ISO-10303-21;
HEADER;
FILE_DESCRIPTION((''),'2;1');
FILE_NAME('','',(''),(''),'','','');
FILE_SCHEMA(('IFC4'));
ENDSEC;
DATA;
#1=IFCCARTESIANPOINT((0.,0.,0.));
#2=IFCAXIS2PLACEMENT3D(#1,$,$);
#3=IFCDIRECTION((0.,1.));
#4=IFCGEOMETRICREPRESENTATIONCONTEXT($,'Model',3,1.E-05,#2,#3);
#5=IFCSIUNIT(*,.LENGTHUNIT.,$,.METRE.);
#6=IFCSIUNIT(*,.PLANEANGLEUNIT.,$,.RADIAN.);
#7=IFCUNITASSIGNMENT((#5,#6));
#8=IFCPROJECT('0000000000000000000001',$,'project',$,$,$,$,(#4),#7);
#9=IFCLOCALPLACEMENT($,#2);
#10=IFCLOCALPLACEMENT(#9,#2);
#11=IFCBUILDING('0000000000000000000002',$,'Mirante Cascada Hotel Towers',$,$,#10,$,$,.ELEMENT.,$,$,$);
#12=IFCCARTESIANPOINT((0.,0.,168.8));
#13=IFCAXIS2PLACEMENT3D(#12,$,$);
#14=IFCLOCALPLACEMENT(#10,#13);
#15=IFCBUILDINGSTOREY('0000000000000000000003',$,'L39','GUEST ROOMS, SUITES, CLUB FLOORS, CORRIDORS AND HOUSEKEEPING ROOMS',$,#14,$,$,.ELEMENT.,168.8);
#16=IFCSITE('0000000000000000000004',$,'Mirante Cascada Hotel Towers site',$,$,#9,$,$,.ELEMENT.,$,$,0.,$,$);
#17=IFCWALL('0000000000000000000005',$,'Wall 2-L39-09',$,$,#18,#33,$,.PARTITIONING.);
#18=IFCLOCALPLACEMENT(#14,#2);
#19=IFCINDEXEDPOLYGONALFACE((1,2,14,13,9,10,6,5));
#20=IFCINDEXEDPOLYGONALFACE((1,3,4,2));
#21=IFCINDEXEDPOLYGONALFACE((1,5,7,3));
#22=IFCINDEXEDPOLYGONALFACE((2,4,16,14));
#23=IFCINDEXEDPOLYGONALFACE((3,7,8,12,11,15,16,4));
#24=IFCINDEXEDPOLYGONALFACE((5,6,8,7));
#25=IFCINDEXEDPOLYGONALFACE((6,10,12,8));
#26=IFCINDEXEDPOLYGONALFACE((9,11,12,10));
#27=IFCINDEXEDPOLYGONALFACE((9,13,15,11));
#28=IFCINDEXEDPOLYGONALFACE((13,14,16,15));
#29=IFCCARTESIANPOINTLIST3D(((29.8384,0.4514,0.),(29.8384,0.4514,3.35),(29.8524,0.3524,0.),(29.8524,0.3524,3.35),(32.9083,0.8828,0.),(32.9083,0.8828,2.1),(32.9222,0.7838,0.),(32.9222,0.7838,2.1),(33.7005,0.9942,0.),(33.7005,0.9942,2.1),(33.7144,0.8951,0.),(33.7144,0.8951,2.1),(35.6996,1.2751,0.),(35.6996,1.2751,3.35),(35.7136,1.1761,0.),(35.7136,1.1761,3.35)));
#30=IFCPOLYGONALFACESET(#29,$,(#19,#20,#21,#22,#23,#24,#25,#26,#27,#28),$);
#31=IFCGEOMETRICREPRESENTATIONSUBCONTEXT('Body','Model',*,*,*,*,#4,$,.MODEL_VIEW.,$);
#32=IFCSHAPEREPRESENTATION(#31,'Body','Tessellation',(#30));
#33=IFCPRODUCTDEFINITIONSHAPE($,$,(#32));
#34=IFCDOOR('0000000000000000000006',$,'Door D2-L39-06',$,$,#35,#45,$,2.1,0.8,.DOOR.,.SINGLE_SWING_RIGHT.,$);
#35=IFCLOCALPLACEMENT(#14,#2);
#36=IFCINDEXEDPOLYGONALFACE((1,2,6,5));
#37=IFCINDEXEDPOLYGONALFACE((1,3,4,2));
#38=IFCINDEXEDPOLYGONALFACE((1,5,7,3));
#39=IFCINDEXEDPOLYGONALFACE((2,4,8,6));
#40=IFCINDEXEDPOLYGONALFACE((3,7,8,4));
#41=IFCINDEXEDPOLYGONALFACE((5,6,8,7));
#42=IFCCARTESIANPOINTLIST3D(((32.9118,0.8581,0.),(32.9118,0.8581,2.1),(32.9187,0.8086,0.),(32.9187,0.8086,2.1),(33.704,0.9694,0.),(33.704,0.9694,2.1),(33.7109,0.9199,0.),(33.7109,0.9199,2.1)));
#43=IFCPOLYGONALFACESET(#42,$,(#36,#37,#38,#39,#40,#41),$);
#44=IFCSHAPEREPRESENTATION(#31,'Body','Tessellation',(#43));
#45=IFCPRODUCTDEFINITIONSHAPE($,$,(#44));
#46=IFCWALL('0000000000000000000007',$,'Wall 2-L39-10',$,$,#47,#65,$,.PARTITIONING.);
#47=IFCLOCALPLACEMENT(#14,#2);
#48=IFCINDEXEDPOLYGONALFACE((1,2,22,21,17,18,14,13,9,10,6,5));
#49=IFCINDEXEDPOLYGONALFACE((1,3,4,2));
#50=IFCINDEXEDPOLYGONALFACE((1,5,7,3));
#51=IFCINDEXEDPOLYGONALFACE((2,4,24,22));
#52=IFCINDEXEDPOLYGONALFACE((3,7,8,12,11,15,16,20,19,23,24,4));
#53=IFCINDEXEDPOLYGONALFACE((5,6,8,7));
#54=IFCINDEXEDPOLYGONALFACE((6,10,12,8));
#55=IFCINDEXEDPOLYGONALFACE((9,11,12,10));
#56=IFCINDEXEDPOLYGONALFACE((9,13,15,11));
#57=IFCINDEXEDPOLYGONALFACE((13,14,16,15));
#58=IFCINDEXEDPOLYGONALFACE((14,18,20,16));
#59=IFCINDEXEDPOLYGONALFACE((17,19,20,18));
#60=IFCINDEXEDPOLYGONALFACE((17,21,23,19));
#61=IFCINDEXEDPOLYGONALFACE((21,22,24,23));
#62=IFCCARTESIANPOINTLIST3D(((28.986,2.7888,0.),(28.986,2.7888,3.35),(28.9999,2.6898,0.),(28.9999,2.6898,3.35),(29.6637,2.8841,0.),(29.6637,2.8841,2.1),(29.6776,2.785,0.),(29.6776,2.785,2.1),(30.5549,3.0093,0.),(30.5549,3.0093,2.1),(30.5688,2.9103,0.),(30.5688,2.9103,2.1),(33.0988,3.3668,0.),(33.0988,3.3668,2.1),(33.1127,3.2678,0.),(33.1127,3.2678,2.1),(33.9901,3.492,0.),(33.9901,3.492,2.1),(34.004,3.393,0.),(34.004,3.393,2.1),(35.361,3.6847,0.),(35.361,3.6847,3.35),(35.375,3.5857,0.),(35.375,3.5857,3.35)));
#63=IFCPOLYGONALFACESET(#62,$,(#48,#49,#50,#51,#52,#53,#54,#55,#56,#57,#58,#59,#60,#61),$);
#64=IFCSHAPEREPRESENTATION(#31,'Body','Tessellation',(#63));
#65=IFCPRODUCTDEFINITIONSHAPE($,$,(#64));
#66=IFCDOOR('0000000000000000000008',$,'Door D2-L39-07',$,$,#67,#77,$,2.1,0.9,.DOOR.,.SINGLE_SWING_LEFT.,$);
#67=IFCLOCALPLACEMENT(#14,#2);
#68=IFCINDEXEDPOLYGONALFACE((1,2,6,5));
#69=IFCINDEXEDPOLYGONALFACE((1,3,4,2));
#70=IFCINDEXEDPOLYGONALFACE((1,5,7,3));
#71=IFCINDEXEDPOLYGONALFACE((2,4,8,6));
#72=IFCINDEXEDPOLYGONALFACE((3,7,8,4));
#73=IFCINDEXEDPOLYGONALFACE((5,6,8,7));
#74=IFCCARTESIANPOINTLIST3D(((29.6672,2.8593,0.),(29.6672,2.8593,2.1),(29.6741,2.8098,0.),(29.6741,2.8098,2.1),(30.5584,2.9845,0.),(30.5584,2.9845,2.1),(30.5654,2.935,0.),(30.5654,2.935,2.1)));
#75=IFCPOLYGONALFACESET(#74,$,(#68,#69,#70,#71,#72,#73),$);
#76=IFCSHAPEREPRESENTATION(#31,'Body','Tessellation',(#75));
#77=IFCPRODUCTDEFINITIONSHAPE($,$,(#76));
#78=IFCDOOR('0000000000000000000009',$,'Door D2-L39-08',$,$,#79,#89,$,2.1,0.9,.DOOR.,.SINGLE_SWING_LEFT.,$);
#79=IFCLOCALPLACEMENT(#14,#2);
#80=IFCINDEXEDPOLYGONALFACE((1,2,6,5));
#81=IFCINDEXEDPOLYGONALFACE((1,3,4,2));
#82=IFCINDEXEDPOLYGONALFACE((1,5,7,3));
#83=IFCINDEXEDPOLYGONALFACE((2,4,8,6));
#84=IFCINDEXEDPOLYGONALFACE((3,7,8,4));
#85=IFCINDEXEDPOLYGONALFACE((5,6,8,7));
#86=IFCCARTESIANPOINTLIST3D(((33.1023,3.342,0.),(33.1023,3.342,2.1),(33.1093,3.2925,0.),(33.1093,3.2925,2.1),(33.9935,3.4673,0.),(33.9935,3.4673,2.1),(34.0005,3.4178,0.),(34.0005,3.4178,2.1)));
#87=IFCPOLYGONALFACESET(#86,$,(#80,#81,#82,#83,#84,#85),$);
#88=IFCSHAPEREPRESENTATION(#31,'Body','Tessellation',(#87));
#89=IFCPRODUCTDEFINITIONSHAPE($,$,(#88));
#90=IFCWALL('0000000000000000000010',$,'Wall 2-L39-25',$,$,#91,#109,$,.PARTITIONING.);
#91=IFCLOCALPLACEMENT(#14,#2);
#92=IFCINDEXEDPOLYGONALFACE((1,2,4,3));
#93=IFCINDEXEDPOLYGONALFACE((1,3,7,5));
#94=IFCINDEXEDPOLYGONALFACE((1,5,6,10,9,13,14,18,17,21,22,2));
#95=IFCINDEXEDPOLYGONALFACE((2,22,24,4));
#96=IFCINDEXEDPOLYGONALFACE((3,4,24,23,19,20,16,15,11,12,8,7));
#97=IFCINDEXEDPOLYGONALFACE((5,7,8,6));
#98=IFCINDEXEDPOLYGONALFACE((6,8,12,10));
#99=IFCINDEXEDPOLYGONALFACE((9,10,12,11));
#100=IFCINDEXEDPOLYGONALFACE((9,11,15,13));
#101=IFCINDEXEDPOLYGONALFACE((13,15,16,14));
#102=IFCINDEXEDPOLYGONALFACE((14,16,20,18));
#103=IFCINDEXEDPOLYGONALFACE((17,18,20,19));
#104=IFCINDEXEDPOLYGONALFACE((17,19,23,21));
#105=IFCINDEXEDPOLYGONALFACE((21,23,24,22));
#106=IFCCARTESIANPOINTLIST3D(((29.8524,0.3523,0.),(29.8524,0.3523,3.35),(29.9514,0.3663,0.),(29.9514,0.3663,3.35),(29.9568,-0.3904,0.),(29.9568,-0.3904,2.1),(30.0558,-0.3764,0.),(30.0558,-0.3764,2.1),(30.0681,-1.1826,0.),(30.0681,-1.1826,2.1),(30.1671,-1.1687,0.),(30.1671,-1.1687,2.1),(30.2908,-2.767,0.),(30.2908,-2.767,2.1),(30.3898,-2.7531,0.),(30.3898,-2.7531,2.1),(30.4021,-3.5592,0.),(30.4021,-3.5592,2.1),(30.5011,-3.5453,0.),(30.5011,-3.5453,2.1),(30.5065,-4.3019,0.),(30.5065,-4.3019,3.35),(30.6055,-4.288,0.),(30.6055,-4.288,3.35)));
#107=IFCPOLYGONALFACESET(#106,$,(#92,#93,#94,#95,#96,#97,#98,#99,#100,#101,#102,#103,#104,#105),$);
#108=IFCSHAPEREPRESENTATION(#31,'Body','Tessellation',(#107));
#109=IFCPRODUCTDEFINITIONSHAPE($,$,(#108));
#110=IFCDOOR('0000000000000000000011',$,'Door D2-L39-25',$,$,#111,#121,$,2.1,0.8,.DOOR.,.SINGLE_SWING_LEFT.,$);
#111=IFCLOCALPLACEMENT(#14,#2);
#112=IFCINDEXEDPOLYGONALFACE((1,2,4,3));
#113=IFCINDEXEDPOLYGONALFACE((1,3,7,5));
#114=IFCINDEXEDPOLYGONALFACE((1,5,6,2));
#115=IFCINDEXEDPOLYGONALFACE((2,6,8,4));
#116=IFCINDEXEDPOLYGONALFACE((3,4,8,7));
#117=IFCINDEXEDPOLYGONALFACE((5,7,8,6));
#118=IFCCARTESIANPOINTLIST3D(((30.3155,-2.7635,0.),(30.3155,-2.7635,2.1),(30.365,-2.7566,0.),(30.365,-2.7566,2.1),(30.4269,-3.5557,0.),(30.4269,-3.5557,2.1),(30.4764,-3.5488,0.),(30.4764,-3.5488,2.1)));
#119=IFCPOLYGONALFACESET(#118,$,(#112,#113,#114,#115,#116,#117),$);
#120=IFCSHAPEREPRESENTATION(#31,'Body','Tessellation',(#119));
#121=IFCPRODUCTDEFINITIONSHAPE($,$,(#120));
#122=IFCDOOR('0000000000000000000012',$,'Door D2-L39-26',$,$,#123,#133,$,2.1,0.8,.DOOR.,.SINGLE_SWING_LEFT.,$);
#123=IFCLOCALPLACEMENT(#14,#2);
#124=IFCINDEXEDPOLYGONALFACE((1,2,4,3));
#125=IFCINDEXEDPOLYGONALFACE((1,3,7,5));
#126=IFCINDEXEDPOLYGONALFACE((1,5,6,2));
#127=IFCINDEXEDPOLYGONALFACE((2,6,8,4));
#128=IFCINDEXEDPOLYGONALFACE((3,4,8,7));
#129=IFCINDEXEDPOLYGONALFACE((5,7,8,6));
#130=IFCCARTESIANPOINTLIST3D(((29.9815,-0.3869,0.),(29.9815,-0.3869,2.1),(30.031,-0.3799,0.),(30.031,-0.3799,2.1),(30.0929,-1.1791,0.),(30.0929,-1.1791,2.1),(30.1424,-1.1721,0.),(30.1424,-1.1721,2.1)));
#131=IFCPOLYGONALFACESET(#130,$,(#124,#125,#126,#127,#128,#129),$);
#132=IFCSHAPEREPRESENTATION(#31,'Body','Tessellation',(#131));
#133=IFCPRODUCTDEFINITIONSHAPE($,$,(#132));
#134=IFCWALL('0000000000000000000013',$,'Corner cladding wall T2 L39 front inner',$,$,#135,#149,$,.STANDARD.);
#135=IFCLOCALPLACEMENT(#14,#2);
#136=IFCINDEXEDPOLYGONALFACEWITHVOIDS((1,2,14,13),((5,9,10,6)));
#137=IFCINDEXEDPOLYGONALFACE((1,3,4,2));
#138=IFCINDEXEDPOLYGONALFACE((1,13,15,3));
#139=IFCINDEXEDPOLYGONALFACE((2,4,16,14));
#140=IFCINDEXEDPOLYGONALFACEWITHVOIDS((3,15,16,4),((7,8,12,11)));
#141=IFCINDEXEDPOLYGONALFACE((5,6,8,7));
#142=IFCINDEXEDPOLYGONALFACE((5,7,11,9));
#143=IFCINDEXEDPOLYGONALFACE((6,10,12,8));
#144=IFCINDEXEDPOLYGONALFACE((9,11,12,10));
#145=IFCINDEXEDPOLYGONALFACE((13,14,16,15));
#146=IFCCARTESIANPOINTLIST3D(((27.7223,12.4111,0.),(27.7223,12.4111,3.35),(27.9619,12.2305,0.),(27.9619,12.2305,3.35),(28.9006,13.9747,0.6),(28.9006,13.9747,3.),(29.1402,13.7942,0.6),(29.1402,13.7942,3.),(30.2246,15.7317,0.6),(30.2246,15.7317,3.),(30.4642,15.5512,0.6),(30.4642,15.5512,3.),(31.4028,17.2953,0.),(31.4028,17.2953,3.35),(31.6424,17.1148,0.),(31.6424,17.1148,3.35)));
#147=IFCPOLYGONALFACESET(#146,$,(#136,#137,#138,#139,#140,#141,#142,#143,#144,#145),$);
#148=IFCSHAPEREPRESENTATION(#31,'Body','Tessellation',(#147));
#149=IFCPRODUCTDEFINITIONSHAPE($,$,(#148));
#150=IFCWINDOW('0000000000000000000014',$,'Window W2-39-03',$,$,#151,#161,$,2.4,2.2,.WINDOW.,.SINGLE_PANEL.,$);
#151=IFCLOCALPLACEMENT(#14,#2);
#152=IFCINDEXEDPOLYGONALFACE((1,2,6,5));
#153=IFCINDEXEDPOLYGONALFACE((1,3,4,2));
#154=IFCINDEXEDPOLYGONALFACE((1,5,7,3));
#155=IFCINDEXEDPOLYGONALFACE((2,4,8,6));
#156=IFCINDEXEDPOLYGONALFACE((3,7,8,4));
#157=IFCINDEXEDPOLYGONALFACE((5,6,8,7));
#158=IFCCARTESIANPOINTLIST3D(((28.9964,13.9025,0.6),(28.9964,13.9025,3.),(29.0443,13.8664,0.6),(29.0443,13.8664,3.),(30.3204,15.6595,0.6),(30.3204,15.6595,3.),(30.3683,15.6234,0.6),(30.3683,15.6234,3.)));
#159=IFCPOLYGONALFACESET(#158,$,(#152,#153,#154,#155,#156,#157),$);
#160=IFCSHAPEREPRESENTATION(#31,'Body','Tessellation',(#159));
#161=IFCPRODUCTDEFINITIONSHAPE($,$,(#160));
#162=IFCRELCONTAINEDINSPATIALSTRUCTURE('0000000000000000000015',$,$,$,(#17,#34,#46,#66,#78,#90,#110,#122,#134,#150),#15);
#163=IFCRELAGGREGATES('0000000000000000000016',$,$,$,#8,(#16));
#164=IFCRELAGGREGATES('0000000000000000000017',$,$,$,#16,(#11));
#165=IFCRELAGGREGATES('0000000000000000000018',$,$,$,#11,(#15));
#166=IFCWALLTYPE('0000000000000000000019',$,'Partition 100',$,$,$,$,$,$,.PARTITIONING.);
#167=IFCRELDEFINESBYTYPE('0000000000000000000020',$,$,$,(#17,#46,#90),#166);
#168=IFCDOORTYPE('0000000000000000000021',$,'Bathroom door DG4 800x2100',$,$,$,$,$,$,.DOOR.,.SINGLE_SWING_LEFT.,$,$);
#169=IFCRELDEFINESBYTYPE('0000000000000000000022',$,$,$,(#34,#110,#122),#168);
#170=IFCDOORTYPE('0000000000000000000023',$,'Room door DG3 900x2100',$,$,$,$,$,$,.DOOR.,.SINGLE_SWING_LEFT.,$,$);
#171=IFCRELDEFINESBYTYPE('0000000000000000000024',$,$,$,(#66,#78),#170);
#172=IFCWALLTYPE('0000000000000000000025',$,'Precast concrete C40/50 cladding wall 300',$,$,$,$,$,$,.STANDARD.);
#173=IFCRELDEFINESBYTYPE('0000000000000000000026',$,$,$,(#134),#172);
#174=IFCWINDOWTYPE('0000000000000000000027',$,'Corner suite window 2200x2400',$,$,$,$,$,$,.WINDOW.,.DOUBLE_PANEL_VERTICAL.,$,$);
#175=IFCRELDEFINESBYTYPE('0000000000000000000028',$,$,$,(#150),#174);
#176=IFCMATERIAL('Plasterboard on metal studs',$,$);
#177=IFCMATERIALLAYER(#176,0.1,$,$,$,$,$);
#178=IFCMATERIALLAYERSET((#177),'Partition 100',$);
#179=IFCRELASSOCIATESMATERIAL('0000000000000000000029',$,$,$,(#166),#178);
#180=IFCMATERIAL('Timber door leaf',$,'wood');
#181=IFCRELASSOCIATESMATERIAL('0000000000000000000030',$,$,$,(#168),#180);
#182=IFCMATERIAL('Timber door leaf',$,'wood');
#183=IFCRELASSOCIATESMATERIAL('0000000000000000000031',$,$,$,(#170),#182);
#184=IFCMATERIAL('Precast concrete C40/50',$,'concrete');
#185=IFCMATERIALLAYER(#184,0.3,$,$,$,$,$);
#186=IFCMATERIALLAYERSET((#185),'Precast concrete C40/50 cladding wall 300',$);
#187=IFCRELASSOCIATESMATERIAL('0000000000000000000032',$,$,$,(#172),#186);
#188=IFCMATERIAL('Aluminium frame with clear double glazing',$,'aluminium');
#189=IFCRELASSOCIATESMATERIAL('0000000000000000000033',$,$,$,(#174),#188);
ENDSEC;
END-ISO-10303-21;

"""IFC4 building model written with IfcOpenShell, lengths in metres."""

from ifc_helpers import new_model, si_unit, direction, frame, frame_2d, origin, place, context, subcontext, project, spatial, rectangle, extrude, material, layer, layer_set, type_object, element, fill, save


model = new_model("IFC4")

# Units and contexts
model_context = context("Model", 3, precision=1e-05, world=origin(), true_north=direction((0.0, 1.0)))
body_context = subcontext(model_context, "Body", "Model", "MODEL_VIEW")
ifc_project = project(units=[si_unit("LENGTHUNIT", "METRE"), si_unit("PLANEANGLEUNIT", "RADIAN")], contexts=[model_context])

# Site, building, storey
site_placement = place(None, origin())
site = spatial("IfcSite", under=ifc_project, at=site_placement, Name="Mirante Cascada Hotel Towers site", CompositionType="ELEMENT", RefElevation=0.0)
building_placement = place(site_placement, origin())
building = spatial("IfcBuilding", under=site, at=building_placement, Name="Mirante Cascada Hotel Towers", CompositionType="ELEMENT")
storey_placement = place(building_placement, frame((0.0, 0.0, 168.8)))
storey = spatial("IfcBuildingStorey", under=building, at=storey_placement, Name="L39", Description="GUEST ROOMS, SUITES, CLUB FLOORS, CORRIDORS AND HOUSEKEEPING ROOMS", CompositionType="ELEMENT", Elevation=168.8)

# Wall, opening, door
ifc_material_1 = material(Name="Plasterboard on metal studs")
ifc_layer_1 = layer(ifc_material_1, 0.1)
ifc_layer_set_1 = layer_set([ifc_layer_1], Name="Partition 100")
wall_type_1 = type_object("IfcWallType", Name="Partition 100", PredefinedType="PARTITIONING", material=ifc_layer_set_1)
wall_1_placement = place(storey_placement, frame((35.7066, 1.2256, 0.0), z_axis=(0.0, 0.0, 1.0), x_axis=(-0.990269, -0.139167, 0.0)))
wall_1 = element("IfcWall", 1, at=wall_1_placement, inside=storey, type_object=wall_type_1, Name="Wall 2-L39-09", PredefinedType="PARTITIONING", context=body_context, shape_type="SweptSolid", body=[
    extrude(rectangle(XDim=5.9188, YDim=0.1, at=frame_2d((2.9594, 0.0))), origin(), (0.0, 0.0, 1.0), 3.35),
])
opening_1_placement = place(wall_1_placement, frame((2.0188, 0.0, 0.0)))
opening_1 = element("IfcOpeningElement", 2, at=opening_1_placement, cuts=wall_1, PredefinedType="OPENING", context=body_context, shape_type="SweptSolid", body=[
    extrude(rectangle(XDim=0.8, YDim=2.1, at=frame_2d((0.4, 1.05))), frame((0.0, 0.05, 0.0), z_axis=(0.0, -1.0, 0.0), x_axis=(1.0, 0.0, 0.0)), (0.0, 0.0, 1.0), 0.1),
])
ifc_material_2 = material(Name="Timber door leaf", Category="wood")
door_type_1 = type_object("IfcDoorType", Name="Bathroom door DG4 800x2100", OperationType="SINGLE_SWING_LEFT", PredefinedType="DOOR", material=ifc_material_2)
door_1_placement = place(opening_1_placement, frame((0.8, 0.0, 0.0), z_axis=(0.0, 0.0, 1.0), x_axis=(-1.0, 0.0, 0.0)))
door_1 = element("IfcDoor", 3, at=door_1_placement, inside=storey, type_object=door_type_1, Name="Door D2-L39-06", OperationType="SINGLE_SWING_RIGHT", OverallHeight=2.1, OverallWidth=0.8, PredefinedType="DOOR", context=body_context, shape_type="SweptSolid", body=[
    extrude(rectangle(XDim=0.8, YDim=2.1, at=frame_2d((0.4, 1.05))), frame((0.0, 0.025, 0.0), z_axis=(0.0, -1.0, 0.0), x_axis=(1.0, 0.0, 0.0)), (0.0, 0.0, 1.0), 0.05),
])
fill(opening_1, door_1)

# Walls, openings, doors
wall_2_placement = place(storey_placement, frame((28.9929, 2.7393, 0.0), z_axis=(0.0, 0.0, 1.0), x_axis=(0.990269, 0.139164, 0.0)))
wall_2 = element("IfcWall", 4, at=wall_2_placement, inside=storey, type_object=wall_type_1, Name="Wall 2-L39-10", PredefinedType="PARTITIONING", context=body_context, shape_type="SweptSolid", body=[
    extrude(rectangle(XDim=6.4377, YDim=0.1, at=frame_2d((3.2189, 0.0))), origin(), (0.0, 0.0, 1.0), 3.35),
])
opening_2_placement = place(wall_2_placement, frame((0.6844, 0.0, 0.0)))
opening_2 = element("IfcOpeningElement", 5, at=opening_2_placement, cuts=wall_2, PredefinedType="OPENING", context=body_context, shape_type="SweptSolid", body=[
    extrude(rectangle(XDim=0.9, YDim=2.1, at=frame_2d((0.45, 1.05))), frame((0.0, 0.05, 0.0), z_axis=(0.0, -1.0, 0.0), x_axis=(1.0, 0.0, 0.0)), (0.0, 0.0, 1.0), 0.1),
])
opening_3_placement = place(wall_2_placement, frame((4.1533, 0.0, 0.0)))
opening_3 = element("IfcOpeningElement", 6, at=opening_3_placement, cuts=wall_2, PredefinedType="OPENING", context=body_context, shape_type="SweptSolid", body=[
    extrude(rectangle(XDim=0.9, YDim=2.1, at=frame_2d((0.45, 1.05))), frame((0.0, 0.05, 0.0), z_axis=(0.0, -1.0, 0.0), x_axis=(1.0, 0.0, 0.0)), (0.0, 0.0, 1.0), 0.1),
])
ifc_material_3 = material(Name="Timber door leaf", Category="wood")
door_type_2 = type_object("IfcDoorType", Name="Room door DG3 900x2100", OperationType="SINGLE_SWING_LEFT", PredefinedType="DOOR", material=ifc_material_3)
door_2_placement = place(opening_2_placement, origin())
door_2 = element("IfcDoor", 7, at=door_2_placement, inside=storey, type_object=door_type_2, Name="Door D2-L39-07", OperationType="SINGLE_SWING_LEFT", OverallHeight=2.1, OverallWidth=0.9, PredefinedType="DOOR", context=body_context, shape_type="SweptSolid", body=[
    extrude(rectangle(XDim=0.9, YDim=2.1, at=frame_2d((0.45, 1.05))), frame((0.0, 0.025, 0.0), z_axis=(0.0, -1.0, 0.0), x_axis=(1.0, 0.0, 0.0)), (0.0, 0.0, 1.0), 0.05),
])
fill(opening_2, door_2)
door_3_placement = place(opening_3_placement, origin())
door_3 = element("IfcDoor", 8, at=door_3_placement, inside=storey, type_object=door_type_2, Name="Door D2-L39-08", OperationType="SINGLE_SWING_LEFT", OverallHeight=2.1, OverallWidth=0.9, PredefinedType="DOOR", context=body_context, shape_type="SweptSolid", body=[
    extrude(rectangle(XDim=0.9, YDim=2.1, at=frame_2d((0.45, 1.05))), frame((0.0, 0.025, 0.0), z_axis=(0.0, -1.0, 0.0), x_axis=(1.0, 0.0, 0.0)), (0.0, 0.0, 1.0), 0.05),
])
fill(opening_3, door_3)
wall_3_placement = place(storey_placement, frame((29.9019, 0.3593, 0.0), z_axis=(0.0, 0.0, 1.0), x_axis=(0.139169, -0.990269, 0.0)))
wall_3 = element("IfcWall", 9, at=wall_3_placement, inside=storey, type_object=wall_type_1, Name="Wall 2-L39-25", PredefinedType="PARTITIONING", context=body_context, shape_type="SweptSolid", body=[
    extrude(rectangle(XDim=4.7, YDim=0.1, at=frame_2d((2.35, 0.0))), origin(), (0.0, 0.0, 1.0), 3.35),
])
opening_4_placement = place(wall_3_placement, frame((3.15, 0.0, 0.0)))
opening_4 = element("IfcOpeningElement", 10, at=opening_4_placement, cuts=wall_3, PredefinedType="OPENING", context=body_context, shape_type="SweptSolid", body=[
    extrude(rectangle(XDim=0.8, YDim=2.1, at=frame_2d((0.4, 1.05))), frame((0.0, 0.05, 0.0), z_axis=(0.0, -1.0, 0.0), x_axis=(1.0, 0.0, 0.0)), (0.0, 0.0, 1.0), 0.1),
])
opening_5_placement = place(wall_3_placement, frame((0.75, 0.0, 0.0)))
opening_5 = element("IfcOpeningElement", 11, at=opening_5_placement, cuts=wall_3, PredefinedType="OPENING", context=body_context, shape_type="SweptSolid", body=[
    extrude(rectangle(XDim=0.8, YDim=2.1, at=frame_2d((0.4, 1.05))), frame((0.0, 0.05, 0.0), z_axis=(0.0, -1.0, 0.0), x_axis=(1.0, 0.0, 0.0)), (0.0, 0.0, 1.0), 0.1),
])
door_4_placement = place(opening_4_placement, origin())
door_4 = element("IfcDoor", 12, at=door_4_placement, inside=storey, type_object=door_type_1, Name="Door D2-L39-25", OperationType="SINGLE_SWING_LEFT", OverallHeight=2.1, OverallWidth=0.8, PredefinedType="DOOR", context=body_context, shape_type="SweptSolid", body=[
    extrude(rectangle(XDim=0.8, YDim=2.1, at=frame_2d((0.4, 1.05))), frame((0.0, 0.025, 0.0), z_axis=(0.0, -1.0, 0.0), x_axis=(1.0, 0.0, 0.0)), (0.0, 0.0, 1.0), 0.05),
])
fill(opening_4, door_4)
door_5_placement = place(opening_5_placement, origin())
door_5 = element("IfcDoor", 13, at=door_5_placement, inside=storey, type_object=door_type_1, Name="Door D2-L39-26", OperationType="SINGLE_SWING_LEFT", OverallHeight=2.1, OverallWidth=0.8, PredefinedType="DOOR", context=body_context, shape_type="SweptSolid", body=[
    extrude(rectangle(XDim=0.8, YDim=2.1, at=frame_2d((0.4, 1.05))), frame((0.0, 0.025, 0.0), z_axis=(0.0, -1.0, 0.0), x_axis=(1.0, 0.0, 0.0)), (0.0, 0.0, 1.0), 0.05),
])
fill(opening_5, door_5)

# Wall, opening, window
ifc_material_4 = material(Name="Precast concrete C40/50", Category="concrete")
ifc_layer_2 = layer(ifc_material_4, 0.3)
ifc_layer_set_2 = layer_set([ifc_layer_2], Name="Precast concrete C40/50 cladding wall 300")
wall_type_2 = type_object("IfcWallType", Name="Precast concrete C40/50 cladding wall 300", PredefinedType="STANDARD", material=ifc_layer_set_2)
wall_4_placement = place(storey_placement, frame((31.5226, 17.205, 0.0), z_axis=(0.0, 0.0, 1.0), x_axis=(-0.601814, -0.798636, 0.0)))
wall_4 = element("IfcWall", 14, at=wall_4_placement, inside=storey, type_object=wall_type_2, Name="Corner cladding wall T2 L39 front inner", PredefinedType="STANDARD", context=body_context, shape_type="SweptSolid", body=[
    extrude(rectangle(XDim=6.1157, YDim=0.3, at=frame_2d((3.0578, 0.0))), origin(), (0.0, 0.0, 1.0), 3.35),
])
opening_6_placement = place(wall_4_placement, frame((1.9578, 0.0, 0.6)))
opening_6 = element("IfcOpeningElement", 15, at=opening_6_placement, cuts=wall_4, PredefinedType="OPENING", context=body_context, shape_type="SweptSolid", body=[
    extrude(rectangle(XDim=2.2, YDim=2.4, at=frame_2d((1.1, 1.2))), frame((0.0, 0.15, 0.0), z_axis=(0.0, -1.0, 0.0), x_axis=(1.0, 0.0, 0.0)), (0.0, 0.0, 1.0), 0.3),
])
ifc_material_5 = material(Name="Aluminium frame with clear double glazing", Category="aluminium")
window_type = type_object("IfcWindowType", Name="Corner suite window 2200x2400", PartitioningType="DOUBLE_PANEL_VERTICAL", PredefinedType="WINDOW", material=ifc_material_5)
window_placement = place(opening_6_placement, origin())
window = element("IfcWindow", 16, at=window_placement, inside=storey, type_object=window_type, Name="Window W2-39-03", OverallHeight=2.4, OverallWidth=2.2, PartitioningType="SINGLE_PANEL", PredefinedType="WINDOW", context=body_context, shape_type="SweptSolid", body=[
    extrude(rectangle(XDim=2.2, YDim=2.4, at=frame_2d((1.1, 1.2))), frame((0.0, 0.03, 0.0), z_axis=(0.0, -1.0, 0.0), x_axis=(1.0, 0.0, 0.0)), (0.0, 0.0, 1.0), 0.06),
])
fill(opening_6, window)

save(model, "model.ifc")
